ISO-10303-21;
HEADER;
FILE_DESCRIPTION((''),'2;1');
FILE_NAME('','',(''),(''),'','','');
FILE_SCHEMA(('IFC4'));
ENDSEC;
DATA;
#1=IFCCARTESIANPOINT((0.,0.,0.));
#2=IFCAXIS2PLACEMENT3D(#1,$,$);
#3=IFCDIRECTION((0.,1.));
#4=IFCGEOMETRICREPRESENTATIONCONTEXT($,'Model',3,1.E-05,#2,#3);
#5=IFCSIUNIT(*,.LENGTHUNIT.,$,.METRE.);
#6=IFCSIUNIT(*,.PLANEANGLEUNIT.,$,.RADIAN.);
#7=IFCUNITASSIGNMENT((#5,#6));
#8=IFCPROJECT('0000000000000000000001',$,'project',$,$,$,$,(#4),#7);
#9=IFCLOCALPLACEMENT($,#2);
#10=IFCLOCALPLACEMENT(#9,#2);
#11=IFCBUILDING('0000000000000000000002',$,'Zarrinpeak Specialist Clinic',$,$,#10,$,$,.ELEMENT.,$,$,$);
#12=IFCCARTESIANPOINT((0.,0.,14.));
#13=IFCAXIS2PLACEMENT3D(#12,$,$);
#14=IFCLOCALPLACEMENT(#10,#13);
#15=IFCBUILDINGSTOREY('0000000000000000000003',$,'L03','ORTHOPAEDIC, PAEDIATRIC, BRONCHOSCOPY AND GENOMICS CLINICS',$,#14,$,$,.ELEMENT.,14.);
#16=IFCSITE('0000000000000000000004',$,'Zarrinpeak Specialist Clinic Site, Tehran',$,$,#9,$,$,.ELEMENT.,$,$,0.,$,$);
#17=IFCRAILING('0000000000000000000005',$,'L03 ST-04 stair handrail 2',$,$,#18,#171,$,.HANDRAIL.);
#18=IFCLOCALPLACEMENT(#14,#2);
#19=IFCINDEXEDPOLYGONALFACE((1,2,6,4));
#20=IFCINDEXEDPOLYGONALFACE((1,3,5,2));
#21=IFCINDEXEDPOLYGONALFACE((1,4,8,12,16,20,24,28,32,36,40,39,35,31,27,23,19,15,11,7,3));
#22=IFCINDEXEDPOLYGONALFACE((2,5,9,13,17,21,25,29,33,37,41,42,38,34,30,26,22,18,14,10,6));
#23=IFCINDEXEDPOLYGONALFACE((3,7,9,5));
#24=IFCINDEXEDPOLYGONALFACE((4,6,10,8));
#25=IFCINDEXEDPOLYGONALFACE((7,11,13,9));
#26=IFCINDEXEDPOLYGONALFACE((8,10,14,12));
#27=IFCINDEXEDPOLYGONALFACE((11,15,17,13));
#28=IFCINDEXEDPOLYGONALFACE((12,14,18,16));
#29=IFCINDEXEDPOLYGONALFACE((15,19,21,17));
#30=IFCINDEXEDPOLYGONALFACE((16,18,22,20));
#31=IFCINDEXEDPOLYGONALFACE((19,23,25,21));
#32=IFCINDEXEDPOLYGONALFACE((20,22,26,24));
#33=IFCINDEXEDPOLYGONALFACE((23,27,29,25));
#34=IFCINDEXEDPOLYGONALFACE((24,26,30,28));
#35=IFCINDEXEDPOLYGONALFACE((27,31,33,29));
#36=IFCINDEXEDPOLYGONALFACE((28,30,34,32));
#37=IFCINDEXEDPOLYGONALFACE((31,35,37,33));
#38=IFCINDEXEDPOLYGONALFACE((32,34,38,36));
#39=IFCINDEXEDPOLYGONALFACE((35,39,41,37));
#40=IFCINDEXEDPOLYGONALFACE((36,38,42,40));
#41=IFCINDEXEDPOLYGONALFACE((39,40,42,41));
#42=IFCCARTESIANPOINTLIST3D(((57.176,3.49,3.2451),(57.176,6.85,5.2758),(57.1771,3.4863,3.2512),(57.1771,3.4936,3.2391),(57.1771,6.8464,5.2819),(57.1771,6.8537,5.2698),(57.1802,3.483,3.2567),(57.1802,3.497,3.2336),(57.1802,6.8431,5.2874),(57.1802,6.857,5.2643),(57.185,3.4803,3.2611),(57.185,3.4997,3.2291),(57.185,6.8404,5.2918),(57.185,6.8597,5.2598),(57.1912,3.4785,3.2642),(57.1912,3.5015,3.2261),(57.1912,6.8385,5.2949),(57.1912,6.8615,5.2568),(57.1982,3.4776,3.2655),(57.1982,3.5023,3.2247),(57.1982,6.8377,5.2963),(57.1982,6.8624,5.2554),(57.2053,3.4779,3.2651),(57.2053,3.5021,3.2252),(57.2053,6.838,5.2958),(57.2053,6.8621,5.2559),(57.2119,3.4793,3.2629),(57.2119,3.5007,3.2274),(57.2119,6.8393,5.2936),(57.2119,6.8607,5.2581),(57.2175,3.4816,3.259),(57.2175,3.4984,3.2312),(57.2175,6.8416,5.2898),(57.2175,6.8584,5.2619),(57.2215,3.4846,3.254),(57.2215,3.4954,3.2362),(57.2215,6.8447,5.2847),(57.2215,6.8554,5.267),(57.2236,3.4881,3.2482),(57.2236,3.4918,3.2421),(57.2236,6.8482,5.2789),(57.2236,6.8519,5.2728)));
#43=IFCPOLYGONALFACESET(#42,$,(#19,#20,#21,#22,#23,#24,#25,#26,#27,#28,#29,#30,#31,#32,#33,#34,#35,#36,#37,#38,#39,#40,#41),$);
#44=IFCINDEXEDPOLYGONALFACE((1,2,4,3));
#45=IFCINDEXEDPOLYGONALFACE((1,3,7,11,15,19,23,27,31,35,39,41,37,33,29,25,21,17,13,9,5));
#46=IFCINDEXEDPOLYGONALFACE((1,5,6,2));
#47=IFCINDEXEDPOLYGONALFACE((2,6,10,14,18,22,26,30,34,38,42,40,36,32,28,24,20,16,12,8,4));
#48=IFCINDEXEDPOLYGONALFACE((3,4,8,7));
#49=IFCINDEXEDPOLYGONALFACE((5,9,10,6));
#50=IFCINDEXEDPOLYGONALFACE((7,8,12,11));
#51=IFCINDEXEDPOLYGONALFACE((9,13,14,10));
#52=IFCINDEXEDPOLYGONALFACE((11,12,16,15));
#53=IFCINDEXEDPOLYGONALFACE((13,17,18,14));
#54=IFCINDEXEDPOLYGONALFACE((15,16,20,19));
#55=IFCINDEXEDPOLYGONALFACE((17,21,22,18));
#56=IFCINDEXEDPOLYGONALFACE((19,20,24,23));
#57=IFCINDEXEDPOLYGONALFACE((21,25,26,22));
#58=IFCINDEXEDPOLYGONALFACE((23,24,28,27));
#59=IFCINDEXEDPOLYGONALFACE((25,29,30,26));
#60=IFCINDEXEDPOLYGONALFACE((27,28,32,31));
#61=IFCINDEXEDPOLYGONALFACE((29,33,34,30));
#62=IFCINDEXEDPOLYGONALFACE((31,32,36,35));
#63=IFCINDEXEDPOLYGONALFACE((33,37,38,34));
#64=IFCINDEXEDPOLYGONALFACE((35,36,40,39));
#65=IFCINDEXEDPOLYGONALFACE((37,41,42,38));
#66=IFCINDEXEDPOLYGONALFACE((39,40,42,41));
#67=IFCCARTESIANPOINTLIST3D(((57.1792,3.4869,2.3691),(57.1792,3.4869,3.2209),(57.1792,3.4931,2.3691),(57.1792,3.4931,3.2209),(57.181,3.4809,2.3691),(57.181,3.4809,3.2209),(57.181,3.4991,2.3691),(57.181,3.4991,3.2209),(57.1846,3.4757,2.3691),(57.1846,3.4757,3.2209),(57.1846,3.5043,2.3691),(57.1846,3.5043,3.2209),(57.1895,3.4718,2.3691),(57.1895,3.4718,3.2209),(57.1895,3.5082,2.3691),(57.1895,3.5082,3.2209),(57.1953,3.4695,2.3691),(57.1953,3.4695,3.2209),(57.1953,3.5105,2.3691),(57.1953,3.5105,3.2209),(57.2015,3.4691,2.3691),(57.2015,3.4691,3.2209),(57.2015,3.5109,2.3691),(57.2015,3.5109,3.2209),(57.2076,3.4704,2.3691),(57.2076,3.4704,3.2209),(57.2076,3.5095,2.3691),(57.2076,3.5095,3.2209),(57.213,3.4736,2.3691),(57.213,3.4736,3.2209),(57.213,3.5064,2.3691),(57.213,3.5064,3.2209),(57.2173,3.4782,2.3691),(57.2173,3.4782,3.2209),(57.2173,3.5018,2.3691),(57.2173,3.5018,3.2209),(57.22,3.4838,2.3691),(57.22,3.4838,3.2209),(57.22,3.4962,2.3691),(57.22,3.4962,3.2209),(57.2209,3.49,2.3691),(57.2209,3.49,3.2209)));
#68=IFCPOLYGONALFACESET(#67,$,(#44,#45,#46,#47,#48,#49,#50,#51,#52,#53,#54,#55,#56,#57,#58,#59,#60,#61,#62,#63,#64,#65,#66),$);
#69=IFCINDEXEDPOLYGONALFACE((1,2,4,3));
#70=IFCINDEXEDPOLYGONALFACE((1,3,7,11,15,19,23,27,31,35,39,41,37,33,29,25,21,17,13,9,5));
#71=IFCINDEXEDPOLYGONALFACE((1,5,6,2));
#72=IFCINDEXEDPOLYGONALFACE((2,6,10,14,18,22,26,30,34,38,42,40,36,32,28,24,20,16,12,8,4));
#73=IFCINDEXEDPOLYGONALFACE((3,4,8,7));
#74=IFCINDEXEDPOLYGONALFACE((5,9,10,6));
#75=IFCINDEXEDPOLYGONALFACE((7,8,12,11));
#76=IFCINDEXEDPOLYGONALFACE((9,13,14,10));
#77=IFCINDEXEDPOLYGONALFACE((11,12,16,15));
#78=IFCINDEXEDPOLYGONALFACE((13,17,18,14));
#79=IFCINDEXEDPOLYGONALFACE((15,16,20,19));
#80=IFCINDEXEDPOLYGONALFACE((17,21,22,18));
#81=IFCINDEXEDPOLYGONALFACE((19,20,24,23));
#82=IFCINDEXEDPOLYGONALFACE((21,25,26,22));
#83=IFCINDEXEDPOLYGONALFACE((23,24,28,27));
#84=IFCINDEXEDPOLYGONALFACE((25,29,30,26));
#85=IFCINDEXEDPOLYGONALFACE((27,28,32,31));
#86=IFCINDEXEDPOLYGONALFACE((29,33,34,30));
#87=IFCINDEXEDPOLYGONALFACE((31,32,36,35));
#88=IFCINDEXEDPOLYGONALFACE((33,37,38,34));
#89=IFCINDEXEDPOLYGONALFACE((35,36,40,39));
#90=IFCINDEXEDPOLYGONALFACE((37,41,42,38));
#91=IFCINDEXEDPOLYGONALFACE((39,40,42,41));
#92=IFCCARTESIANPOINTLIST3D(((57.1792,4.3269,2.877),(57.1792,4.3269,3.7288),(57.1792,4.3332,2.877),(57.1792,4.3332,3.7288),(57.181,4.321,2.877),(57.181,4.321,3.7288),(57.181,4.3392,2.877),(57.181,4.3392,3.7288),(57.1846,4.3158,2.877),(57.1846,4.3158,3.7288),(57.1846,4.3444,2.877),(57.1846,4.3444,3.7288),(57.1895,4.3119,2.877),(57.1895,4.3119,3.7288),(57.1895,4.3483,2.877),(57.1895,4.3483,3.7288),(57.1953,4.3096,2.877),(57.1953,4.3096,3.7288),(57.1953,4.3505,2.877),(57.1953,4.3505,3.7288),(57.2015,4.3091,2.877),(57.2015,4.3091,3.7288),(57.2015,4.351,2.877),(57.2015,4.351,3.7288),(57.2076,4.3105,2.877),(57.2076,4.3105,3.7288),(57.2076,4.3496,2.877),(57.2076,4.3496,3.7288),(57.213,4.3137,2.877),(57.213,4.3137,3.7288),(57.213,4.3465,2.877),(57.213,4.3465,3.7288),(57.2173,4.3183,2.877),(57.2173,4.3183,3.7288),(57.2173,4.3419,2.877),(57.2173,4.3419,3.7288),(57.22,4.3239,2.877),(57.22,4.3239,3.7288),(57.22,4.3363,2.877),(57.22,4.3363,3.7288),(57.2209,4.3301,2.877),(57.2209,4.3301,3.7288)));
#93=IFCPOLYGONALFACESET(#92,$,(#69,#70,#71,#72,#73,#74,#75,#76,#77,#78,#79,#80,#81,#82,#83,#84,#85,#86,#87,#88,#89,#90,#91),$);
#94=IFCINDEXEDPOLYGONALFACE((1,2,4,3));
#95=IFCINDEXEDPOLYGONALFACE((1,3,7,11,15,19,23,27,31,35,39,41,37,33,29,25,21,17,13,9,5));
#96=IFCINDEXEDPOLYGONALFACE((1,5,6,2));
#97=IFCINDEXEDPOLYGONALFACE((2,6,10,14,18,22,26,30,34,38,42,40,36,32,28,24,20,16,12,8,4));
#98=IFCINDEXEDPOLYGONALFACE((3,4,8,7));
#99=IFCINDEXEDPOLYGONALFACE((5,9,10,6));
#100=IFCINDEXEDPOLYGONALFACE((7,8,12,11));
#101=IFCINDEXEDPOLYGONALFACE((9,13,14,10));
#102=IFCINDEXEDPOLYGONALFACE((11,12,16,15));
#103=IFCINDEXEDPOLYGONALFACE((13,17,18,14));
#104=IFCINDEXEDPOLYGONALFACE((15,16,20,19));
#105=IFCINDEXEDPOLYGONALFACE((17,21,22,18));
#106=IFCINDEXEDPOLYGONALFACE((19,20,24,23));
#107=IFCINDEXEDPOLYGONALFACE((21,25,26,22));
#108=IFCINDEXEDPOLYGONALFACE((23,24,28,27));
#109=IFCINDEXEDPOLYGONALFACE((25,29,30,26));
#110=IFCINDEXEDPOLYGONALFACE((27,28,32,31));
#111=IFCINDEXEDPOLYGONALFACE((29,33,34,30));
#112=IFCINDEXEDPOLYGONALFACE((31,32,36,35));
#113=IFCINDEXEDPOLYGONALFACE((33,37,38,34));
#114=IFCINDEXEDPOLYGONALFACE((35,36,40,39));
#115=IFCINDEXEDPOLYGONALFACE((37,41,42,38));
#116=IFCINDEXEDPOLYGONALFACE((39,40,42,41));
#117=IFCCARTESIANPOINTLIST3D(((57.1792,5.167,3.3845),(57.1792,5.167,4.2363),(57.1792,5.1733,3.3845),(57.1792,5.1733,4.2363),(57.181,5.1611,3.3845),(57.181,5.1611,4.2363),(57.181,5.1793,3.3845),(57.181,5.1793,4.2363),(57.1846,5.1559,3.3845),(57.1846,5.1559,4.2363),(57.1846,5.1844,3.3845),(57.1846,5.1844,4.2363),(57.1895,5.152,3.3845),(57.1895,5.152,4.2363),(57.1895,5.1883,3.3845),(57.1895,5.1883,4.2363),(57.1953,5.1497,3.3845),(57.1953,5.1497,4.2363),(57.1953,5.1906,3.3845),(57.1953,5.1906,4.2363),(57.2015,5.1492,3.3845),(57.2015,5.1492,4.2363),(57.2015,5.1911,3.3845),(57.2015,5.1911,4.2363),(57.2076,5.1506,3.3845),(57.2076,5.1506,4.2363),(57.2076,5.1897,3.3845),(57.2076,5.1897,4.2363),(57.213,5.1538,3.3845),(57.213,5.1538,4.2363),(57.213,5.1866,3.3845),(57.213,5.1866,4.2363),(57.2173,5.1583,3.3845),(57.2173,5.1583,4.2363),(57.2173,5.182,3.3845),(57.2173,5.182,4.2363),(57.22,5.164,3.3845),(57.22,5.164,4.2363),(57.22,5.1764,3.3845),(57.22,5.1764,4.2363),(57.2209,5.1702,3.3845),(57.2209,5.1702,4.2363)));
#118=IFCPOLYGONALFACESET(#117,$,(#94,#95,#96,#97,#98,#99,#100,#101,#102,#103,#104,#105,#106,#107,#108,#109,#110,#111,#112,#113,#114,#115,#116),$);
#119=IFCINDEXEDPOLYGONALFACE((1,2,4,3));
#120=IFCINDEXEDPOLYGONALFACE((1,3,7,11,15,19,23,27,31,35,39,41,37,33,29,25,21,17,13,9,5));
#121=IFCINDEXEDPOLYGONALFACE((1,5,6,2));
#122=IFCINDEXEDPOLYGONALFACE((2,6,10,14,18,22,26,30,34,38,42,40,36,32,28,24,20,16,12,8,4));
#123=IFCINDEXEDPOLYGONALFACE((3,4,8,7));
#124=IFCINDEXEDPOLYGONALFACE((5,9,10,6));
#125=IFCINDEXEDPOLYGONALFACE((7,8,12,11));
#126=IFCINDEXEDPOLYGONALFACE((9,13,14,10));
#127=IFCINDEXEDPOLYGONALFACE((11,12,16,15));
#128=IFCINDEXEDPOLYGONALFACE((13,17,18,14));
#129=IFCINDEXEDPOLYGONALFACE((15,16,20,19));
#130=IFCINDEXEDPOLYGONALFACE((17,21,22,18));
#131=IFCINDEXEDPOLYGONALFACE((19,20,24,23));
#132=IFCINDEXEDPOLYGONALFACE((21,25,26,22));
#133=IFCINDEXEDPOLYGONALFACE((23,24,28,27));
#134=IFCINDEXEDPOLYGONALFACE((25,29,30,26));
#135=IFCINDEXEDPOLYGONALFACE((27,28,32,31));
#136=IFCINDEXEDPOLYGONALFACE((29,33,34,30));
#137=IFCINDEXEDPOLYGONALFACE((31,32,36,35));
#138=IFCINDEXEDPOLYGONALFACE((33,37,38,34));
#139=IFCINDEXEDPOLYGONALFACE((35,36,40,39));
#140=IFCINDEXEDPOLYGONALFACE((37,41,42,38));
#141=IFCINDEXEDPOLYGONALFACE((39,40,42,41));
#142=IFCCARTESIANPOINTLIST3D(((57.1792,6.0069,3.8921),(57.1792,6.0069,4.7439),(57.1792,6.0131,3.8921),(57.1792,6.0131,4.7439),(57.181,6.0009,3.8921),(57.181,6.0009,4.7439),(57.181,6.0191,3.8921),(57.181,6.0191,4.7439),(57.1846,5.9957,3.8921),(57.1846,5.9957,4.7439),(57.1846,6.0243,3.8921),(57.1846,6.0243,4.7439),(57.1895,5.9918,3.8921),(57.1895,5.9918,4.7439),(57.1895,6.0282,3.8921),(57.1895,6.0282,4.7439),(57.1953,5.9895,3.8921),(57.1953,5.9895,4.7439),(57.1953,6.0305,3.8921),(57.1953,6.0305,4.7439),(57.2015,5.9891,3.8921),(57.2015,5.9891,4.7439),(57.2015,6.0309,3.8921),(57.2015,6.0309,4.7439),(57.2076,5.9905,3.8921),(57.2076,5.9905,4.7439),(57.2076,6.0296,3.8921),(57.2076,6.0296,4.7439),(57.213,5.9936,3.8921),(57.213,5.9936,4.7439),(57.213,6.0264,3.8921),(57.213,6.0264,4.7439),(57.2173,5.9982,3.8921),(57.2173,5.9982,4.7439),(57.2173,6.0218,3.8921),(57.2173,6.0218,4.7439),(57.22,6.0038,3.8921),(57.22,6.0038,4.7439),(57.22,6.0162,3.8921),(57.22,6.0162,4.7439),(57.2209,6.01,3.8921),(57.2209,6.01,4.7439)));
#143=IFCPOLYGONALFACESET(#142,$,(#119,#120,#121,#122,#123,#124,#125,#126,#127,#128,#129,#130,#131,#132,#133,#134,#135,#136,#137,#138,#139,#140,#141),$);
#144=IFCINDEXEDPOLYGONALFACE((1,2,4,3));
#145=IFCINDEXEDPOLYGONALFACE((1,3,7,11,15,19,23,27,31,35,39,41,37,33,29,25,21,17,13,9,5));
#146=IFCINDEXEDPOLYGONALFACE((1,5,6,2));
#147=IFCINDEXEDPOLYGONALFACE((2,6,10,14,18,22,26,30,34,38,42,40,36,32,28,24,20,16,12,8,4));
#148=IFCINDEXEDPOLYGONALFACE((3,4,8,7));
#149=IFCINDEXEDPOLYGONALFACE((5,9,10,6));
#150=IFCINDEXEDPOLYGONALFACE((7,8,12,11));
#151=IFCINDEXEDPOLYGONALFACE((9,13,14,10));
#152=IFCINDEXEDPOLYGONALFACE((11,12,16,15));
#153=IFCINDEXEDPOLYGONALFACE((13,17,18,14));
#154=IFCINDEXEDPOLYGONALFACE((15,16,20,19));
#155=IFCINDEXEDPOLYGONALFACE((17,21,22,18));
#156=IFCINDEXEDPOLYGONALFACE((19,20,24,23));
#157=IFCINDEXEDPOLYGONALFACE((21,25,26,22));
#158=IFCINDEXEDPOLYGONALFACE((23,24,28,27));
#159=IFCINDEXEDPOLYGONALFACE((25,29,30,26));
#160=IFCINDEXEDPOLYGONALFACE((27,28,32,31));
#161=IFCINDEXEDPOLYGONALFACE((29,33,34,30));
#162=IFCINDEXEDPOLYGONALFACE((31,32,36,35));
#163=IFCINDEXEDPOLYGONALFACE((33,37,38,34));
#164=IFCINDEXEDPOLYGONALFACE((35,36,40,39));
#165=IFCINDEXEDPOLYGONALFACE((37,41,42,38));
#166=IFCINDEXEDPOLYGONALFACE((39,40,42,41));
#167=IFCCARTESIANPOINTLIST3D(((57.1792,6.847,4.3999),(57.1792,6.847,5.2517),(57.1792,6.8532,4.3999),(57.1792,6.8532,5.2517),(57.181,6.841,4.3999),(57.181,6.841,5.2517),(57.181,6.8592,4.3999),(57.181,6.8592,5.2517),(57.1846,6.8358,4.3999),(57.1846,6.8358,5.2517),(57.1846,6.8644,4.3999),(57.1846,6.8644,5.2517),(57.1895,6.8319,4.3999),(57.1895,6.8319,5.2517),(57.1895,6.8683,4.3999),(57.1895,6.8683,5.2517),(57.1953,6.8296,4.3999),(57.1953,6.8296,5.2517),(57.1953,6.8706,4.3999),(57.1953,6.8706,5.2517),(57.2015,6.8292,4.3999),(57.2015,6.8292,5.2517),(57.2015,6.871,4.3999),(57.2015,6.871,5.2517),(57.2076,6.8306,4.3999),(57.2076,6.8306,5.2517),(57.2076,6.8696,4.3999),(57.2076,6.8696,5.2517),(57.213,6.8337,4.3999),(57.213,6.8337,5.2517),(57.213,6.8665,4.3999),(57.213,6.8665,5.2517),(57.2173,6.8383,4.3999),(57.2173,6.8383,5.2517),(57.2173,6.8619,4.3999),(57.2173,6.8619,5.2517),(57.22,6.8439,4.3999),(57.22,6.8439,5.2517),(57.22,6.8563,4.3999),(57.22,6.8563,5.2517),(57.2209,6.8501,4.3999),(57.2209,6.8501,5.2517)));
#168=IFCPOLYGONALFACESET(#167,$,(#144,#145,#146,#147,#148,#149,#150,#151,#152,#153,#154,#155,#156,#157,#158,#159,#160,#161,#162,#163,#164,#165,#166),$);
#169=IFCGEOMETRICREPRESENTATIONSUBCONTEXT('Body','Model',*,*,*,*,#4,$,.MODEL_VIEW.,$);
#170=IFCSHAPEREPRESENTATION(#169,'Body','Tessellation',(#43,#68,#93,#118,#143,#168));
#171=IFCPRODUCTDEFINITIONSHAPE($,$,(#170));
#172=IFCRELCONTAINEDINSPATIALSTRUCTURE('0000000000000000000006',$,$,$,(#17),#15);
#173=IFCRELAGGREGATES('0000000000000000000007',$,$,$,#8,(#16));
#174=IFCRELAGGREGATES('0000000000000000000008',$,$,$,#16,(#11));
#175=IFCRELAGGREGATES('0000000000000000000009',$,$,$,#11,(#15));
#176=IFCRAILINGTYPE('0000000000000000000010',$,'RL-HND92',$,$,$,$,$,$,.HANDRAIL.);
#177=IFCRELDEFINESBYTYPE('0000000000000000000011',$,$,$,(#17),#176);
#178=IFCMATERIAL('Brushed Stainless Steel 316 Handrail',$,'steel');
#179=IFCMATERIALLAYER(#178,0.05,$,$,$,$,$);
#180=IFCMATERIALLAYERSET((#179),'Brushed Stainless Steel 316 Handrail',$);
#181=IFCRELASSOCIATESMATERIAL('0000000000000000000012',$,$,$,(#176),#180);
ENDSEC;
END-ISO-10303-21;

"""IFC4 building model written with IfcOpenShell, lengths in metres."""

from ifc_helpers import new_model, si_unit, direction, frame, origin, origin_2d, place, context, subcontext, project, spatial, circle, extrude, material, layer, layer_set, type_object, element, save


model = new_model("IFC4")

# Units and contexts
model_context = context("Model", 3, precision=1e-05, world=origin(), true_north=direction((0.0, 1.0)))
body_context = subcontext(model_context, "Body", "Model", "MODEL_VIEW")
ifc_project = project(units=[si_unit("LENGTHUNIT", "METRE"), si_unit("PLANEANGLEUNIT", "RADIAN")], contexts=[model_context])

# Site, building, storey
site_placement = place(None, origin())
site = spatial("IfcSite", under=ifc_project, at=site_placement, Name="Zarrinpeak Specialist Clinic Site, Tehran", CompositionType="ELEMENT", RefElevation=0.0)
building_placement = place(site_placement, origin())
building = spatial("IfcBuilding", under=site, at=building_placement, Name="Zarrinpeak Specialist Clinic", CompositionType="ELEMENT")
storey_placement = place(building_placement, frame((0.0, 0.0, 14.0)))
storey = spatial("IfcBuildingStorey", under=building, at=storey_placement, Name="L03", Description="ORTHOPAEDIC, PAEDIATRIC, BRONCHOSCOPY AND GENOMICS CLINICS", CompositionType="ELEMENT", Elevation=14.0)

# Railing
ifc_material_1 = material(Name="Brushed Stainless Steel 316 Handrail", Category="steel")
ifc_layer_1 = layer(ifc_material_1, 0.05)
ifc_layer_set_1 = layer_set([ifc_layer_1], Name="Brushed Stainless Steel 316 Handrail")
railing_type_1 = type_object("IfcRailingType", Name="RL-HND92", PredefinedType="HANDRAIL", material=ifc_layer_set_1)
railing_1_placement = place(storey_placement, frame((57.2, 3.49, 2.3691)))
element("IfcRailing", 1, at=railing_1_placement, inside=storey, type_object=railing_type_1, Name="L03 ST-04 stair handrail 2", PredefinedType="HANDRAIL", context=body_context, shape_type="SweptSolid", body=[
    extrude(circle(Radius=0.0239, at=origin_2d()), frame((0.0, 0.0, 0.876), z_axis=(0.0, 0.855837, 0.517246), x_axis=(-1.0, 0.0, 0.0)), (0.0, 0.0, 1.0), 3.926),
    extrude(circle(Radius=0.021, at=origin_2d()), origin(), (0.0, 0.0, 1.0), 0.8518),
    extrude(circle(Radius=0.021, at=origin_2d()), frame((0.0, 0.8401, 0.5078)), (0.0, 0.0, 1.0), 0.8518),
    extrude(circle(Radius=0.021, at=origin_2d()), frame((0.0, 1.6802, 1.0154)), (0.0, 0.0, 1.0), 0.8518),
    extrude(circle(Radius=0.021, at=origin_2d()), frame((0.0, 2.52, 1.5229)), (0.0, 0.0, 1.0), 0.8518),
    extrude(circle(Radius=0.021, at=origin_2d()), frame((0.0, 3.3601, 2.0308)), (0.0, 0.0, 1.0), 0.8518),
])

save(model, "model.ifc")
